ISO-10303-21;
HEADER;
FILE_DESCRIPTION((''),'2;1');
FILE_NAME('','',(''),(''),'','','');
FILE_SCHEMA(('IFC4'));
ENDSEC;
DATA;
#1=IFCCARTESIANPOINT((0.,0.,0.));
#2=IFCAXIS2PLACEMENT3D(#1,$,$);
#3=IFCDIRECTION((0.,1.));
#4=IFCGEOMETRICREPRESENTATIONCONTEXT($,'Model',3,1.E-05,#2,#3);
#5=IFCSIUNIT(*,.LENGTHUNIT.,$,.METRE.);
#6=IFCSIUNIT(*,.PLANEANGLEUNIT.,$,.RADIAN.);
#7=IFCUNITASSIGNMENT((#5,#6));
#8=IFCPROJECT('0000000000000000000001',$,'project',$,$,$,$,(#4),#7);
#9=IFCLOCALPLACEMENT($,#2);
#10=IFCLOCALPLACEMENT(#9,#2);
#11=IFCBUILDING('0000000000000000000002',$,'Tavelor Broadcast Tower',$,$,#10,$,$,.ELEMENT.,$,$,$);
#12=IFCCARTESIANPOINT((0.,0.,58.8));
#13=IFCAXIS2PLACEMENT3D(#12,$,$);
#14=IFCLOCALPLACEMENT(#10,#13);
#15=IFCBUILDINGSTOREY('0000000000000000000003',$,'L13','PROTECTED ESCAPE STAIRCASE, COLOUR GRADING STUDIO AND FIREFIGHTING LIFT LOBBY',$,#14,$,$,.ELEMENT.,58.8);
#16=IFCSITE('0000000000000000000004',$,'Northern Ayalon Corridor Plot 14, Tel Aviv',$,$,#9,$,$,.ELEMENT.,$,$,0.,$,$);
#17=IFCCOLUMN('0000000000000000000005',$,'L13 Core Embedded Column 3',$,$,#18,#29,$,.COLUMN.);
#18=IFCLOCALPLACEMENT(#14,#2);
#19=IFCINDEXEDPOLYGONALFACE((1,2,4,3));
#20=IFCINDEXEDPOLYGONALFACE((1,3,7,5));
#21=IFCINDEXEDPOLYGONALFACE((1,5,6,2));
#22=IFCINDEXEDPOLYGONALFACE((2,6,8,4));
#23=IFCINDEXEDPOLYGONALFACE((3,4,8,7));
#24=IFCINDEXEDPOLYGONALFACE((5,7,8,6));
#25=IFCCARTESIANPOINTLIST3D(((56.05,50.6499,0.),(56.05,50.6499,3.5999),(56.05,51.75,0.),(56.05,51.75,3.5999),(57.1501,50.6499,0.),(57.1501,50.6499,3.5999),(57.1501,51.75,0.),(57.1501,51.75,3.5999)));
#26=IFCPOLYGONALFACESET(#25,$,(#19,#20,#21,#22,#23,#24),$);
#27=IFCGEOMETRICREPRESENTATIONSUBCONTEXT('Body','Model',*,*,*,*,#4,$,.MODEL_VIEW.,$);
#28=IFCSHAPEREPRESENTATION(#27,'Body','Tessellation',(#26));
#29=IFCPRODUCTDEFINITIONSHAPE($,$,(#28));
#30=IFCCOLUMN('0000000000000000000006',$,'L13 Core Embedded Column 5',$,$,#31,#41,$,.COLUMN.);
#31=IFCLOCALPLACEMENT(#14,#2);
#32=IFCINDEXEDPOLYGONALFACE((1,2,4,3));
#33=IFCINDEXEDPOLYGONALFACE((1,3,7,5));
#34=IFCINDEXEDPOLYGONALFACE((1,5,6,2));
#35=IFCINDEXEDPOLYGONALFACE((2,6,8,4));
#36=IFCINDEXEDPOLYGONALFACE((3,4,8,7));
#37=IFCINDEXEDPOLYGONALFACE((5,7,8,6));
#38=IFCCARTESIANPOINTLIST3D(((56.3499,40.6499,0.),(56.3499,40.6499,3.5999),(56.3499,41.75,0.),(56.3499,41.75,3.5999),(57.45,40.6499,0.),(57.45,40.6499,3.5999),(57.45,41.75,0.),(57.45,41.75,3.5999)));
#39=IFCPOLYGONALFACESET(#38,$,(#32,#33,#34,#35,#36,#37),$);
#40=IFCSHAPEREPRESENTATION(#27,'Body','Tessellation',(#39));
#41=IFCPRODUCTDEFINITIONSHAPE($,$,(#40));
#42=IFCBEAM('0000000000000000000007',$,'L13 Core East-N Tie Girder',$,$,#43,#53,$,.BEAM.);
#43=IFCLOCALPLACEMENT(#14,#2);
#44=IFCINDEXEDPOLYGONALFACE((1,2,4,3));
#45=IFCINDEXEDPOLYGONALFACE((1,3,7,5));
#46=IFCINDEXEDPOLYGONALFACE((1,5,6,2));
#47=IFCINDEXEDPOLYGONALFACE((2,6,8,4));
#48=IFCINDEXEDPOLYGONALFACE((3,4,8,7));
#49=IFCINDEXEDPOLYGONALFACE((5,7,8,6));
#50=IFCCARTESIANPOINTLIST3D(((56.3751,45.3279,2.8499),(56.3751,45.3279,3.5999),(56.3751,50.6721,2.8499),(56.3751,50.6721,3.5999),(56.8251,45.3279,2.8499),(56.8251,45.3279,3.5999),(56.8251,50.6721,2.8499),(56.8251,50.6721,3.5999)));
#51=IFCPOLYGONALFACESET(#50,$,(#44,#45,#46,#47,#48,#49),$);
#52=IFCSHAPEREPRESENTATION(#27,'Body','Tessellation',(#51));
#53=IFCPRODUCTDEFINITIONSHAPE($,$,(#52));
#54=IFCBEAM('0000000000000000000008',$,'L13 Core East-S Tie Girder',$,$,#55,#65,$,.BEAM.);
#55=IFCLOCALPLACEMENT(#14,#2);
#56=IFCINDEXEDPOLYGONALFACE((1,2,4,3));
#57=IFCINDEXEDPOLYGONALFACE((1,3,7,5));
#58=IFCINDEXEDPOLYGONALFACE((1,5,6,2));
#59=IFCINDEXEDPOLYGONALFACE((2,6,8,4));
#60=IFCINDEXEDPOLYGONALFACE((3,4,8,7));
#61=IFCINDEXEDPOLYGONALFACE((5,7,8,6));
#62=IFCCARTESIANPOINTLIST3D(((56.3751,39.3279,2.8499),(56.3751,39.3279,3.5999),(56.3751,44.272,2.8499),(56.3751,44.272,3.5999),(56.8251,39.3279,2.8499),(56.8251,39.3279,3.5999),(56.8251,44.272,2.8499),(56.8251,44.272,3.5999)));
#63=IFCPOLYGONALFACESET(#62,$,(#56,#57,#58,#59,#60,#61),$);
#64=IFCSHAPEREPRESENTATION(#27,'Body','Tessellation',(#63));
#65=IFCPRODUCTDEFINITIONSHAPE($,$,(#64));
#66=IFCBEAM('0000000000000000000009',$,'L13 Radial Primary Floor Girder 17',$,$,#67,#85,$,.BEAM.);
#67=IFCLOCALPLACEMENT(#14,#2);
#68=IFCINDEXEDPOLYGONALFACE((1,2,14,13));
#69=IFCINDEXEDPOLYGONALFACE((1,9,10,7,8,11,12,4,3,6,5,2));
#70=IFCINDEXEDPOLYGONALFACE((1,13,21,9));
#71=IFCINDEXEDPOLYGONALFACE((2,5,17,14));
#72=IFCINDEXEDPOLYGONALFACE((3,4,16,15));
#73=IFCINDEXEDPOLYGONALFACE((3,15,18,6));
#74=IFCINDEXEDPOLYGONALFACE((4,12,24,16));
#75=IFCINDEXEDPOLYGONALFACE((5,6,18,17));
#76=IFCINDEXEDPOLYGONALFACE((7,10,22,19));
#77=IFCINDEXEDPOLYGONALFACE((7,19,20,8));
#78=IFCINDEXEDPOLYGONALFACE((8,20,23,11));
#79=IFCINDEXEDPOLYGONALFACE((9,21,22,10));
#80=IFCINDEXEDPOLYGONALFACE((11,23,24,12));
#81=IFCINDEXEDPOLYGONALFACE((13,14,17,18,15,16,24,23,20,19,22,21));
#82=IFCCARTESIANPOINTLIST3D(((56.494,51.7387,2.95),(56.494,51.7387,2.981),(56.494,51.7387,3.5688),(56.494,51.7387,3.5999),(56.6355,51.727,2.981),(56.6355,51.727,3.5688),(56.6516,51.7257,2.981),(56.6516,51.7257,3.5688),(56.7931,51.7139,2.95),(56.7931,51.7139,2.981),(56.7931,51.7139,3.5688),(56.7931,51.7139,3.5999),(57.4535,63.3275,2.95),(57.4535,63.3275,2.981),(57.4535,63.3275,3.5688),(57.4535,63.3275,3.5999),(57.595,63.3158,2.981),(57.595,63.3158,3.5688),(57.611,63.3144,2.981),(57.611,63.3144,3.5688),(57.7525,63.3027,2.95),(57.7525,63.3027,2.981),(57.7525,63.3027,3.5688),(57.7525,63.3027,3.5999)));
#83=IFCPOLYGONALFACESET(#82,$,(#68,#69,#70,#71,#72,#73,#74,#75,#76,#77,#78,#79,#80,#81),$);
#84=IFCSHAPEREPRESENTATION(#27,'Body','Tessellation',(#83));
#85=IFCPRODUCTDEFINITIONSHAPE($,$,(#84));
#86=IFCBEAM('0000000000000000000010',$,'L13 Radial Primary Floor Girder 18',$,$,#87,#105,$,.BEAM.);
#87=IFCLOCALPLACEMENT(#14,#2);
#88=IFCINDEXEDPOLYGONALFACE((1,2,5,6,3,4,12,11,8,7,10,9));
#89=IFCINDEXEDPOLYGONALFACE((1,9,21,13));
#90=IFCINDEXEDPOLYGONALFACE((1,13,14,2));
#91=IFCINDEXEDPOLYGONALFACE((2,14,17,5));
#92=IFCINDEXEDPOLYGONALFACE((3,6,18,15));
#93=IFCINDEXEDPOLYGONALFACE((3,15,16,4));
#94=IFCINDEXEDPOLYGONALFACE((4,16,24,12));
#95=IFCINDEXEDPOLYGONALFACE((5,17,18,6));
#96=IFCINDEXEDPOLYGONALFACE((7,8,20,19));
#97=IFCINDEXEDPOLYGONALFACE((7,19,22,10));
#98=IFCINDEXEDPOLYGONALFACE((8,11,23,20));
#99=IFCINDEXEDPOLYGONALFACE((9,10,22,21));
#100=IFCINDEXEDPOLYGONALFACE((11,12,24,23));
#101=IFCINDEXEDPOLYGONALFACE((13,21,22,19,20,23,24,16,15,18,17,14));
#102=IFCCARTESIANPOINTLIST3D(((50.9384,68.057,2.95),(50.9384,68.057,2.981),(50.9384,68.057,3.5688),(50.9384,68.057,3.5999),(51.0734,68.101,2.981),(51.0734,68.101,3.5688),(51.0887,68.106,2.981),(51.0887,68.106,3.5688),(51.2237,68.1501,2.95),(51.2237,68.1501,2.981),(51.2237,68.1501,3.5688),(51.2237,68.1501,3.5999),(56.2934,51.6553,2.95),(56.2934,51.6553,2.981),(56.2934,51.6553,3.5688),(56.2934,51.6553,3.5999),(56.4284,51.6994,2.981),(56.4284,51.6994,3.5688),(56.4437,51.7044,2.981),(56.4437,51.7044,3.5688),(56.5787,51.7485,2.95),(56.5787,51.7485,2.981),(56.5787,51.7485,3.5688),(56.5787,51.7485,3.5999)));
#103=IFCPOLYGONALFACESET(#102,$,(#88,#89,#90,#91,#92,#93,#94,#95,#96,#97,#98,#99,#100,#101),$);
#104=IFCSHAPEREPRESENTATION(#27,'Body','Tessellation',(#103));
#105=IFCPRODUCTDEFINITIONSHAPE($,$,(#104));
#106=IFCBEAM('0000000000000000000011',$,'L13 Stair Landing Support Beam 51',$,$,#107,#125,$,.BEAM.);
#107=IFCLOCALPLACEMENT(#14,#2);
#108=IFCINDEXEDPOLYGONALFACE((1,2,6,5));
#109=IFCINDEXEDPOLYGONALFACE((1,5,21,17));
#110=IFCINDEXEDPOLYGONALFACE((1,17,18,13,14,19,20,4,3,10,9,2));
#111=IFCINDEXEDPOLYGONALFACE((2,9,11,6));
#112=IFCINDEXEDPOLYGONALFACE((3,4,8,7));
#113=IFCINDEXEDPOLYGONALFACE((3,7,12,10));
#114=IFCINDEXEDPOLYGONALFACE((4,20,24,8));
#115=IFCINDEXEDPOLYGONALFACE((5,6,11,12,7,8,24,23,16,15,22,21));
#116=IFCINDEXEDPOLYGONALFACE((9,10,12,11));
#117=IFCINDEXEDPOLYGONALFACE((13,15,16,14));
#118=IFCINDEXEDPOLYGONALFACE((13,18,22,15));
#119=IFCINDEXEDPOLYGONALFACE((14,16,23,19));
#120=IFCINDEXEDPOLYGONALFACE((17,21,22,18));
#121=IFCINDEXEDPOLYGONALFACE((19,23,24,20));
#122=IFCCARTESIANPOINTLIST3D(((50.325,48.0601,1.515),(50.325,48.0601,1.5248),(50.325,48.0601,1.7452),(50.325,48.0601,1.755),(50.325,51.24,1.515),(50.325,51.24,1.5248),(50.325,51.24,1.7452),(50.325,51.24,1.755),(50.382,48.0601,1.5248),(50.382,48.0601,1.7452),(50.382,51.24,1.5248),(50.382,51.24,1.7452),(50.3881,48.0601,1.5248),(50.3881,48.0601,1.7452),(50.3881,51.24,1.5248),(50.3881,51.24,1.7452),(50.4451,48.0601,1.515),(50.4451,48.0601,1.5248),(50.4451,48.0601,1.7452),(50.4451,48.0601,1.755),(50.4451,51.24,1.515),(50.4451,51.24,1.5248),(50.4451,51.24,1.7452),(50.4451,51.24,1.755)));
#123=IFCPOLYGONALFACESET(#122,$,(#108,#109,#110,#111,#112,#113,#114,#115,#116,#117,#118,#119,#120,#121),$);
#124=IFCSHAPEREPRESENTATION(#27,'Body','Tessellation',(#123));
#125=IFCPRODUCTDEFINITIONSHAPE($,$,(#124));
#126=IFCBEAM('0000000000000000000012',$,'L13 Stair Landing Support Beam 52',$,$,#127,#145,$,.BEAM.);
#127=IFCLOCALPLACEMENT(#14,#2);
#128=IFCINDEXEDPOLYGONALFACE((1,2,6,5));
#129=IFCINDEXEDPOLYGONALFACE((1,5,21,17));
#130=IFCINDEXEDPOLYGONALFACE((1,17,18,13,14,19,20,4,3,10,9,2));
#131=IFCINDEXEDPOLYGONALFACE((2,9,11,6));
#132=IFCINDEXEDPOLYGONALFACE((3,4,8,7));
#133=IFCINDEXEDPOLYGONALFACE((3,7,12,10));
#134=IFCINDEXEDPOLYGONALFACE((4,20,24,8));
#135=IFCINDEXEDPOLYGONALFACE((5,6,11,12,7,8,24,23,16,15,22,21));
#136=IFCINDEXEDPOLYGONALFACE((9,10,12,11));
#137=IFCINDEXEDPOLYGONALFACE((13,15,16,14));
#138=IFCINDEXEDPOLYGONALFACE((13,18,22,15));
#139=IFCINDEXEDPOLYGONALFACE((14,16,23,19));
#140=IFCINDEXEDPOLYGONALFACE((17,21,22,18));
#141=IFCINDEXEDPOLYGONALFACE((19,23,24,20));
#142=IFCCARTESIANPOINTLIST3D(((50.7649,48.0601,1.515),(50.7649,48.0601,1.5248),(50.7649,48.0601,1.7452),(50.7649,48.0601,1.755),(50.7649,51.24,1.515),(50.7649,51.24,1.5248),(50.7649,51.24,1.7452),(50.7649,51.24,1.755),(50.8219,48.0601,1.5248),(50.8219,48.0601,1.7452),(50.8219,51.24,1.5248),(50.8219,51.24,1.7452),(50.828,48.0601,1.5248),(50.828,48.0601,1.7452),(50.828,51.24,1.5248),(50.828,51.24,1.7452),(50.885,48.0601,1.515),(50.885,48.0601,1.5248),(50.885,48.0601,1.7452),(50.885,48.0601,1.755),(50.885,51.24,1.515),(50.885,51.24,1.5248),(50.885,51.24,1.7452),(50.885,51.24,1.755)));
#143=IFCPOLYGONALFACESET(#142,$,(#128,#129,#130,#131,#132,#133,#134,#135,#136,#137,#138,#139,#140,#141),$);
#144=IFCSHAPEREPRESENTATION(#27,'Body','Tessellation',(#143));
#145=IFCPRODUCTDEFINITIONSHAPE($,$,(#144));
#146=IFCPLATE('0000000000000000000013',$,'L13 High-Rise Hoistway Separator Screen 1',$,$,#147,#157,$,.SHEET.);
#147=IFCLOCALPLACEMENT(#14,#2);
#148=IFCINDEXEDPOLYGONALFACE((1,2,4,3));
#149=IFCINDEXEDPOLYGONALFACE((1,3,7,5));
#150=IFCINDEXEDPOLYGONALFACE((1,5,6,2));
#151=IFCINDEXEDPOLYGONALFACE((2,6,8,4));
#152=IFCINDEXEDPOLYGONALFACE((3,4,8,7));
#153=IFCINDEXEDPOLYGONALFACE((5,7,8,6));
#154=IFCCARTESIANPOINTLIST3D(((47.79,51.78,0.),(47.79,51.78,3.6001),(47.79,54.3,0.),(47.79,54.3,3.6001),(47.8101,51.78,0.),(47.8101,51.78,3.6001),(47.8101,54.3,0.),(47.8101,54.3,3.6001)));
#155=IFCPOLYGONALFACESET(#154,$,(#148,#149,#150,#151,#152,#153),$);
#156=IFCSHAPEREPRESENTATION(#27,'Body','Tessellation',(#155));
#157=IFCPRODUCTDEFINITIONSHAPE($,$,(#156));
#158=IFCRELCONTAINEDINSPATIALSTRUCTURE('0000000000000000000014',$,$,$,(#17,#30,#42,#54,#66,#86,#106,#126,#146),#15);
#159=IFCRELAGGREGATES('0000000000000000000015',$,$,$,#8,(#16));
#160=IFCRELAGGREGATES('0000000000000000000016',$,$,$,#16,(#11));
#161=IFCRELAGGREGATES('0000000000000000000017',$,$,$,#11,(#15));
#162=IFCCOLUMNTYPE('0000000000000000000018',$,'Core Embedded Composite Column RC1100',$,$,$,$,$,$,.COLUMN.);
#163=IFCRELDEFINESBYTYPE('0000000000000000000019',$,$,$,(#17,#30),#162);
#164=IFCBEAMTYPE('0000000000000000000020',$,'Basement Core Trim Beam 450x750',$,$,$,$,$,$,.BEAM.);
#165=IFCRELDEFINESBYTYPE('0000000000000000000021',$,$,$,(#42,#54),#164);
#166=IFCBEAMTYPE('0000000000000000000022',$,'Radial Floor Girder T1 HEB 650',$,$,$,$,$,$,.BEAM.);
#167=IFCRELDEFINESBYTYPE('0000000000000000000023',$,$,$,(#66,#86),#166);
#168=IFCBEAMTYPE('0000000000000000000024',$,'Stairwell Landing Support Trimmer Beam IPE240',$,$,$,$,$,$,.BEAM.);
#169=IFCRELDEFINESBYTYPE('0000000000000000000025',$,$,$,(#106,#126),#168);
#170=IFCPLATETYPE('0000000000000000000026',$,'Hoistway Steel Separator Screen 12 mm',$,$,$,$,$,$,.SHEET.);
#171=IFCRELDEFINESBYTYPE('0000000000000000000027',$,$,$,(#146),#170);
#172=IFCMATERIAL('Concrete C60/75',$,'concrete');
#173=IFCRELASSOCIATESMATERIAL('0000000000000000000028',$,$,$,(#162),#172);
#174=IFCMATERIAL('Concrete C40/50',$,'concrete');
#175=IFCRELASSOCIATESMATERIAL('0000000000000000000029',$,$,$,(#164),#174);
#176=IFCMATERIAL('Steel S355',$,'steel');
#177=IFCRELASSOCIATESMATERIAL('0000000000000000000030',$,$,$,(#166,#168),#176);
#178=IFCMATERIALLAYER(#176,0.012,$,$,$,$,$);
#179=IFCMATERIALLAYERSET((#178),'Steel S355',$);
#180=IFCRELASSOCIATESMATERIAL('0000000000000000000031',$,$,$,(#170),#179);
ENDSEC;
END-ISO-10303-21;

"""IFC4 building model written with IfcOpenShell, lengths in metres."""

from ifc_helpers import new_model, si_unit, direction, frame, origin, origin_2d, place, context, subcontext, project, spatial, rectangle, i_section, extrude, source, transform, mapped, material, layer, layer_set, material_profile, profile_set, type_object, type_shapes, element, save


model = new_model("IFC4")

# Units and contexts
model_context = context("Model", 3, precision=1e-05, world=origin(), true_north=direction((0.0, 1.0)))
body_context = subcontext(model_context, "Body", "Model", "MODEL_VIEW")
ifc_project = project(units=[si_unit("LENGTHUNIT", "METRE"), si_unit("PLANEANGLEUNIT", "RADIAN")], contexts=[model_context])

# Site, building, storey
site_placement = place(None, origin())
site = spatial("IfcSite", under=ifc_project, at=site_placement, Name="Northern Ayalon Corridor Plot 14, Tel Aviv", CompositionType="ELEMENT", RefElevation=0.0)
building_placement = place(site_placement, origin())
building = spatial("IfcBuilding", under=site, at=building_placement, Name="Tavelor Broadcast Tower", CompositionType="ELEMENT")
storey_placement = place(building_placement, frame((0.0, 0.0, 58.8)))
storey = spatial("IfcBuildingStorey", under=building, at=storey_placement, Name="L13", Description="PROTECTED ESCAPE STAIRCASE, COLOUR GRADING STUDIO AND FIREFIGHTING LIFT LOBBY", CompositionType="ELEMENT", Elevation=58.8)

# Columns
ifc_material_1 = material(Name="Concrete C60/75", Category="concrete")
ifc_material_profile_1 = material_profile(ifc_material_1, rectangle(XDim=1.1001, YDim=1.1001, at=origin_2d()), Name="RC 1100x1100")
ifc_profile_set_1 = profile_set([ifc_material_profile_1], Name="Concrete C60/75")
column_type = type_object("IfcColumnType", Name="Core Embedded Composite Column RC1100", PredefinedType="COLUMN", material=ifc_profile_set_1)
for number, where, z_axis, x_axis, name in (
    (1, (56.6001, 51.2, 0.0), (0.0, 0.0, 1.0), (1.0, 0.0, 0.0), "L13 Core Embedded Column 3"),
    (2, (56.8999, 41.2, 0.0), (0.0, 0.0, 1.0), (1.0, 0.0, 0.0), "L13 Core Embedded Column 5"),
):
    element("IfcColumn", number, at=place(storey_placement, frame(where, z_axis=z_axis, x_axis=x_axis)), inside=storey, type_object=column_type, Name=name, PredefinedType="COLUMN", context=body_context, shape_type="SweptSolid", body=[
        extrude(rectangle(XDim=1.1001, YDim=1.1001, at=origin_2d()), origin(), (0.0, 0.0, 1.0), 3.5999),
    ])

# Beams
ifc_material_2 = material(Name="Concrete C40/50", Category="concrete")
ifc_material_profile_2 = material_profile(ifc_material_2, rectangle(XDim=0.45, YDim=0.75, at=origin_2d()), Name="RC 450x750")
ifc_profile_set_2 = profile_set([ifc_material_profile_2], Name="Concrete C40/50")
beam_type_1 = type_object("IfcBeamType", Name="Basement Core Trim Beam 450x750", PredefinedType="BEAM", material=ifc_profile_set_2)
beam_1_placement = place(storey_placement, frame((56.6001, 45.3279, 3.2249), z_axis=(0.0, 1.0, 0.0), x_axis=(-1.0, 0.0, 0.0)))
element("IfcBeam", 3, at=beam_1_placement, inside=storey, type_object=beam_type_1, Name="L13 Core East-N Tie Girder", PredefinedType="BEAM", context=body_context, shape_type="SweptSolid", body=[
    extrude(rectangle(XDim=0.45, YDim=0.75, at=origin_2d()), origin(), (0.0, 0.0, 1.0), 5.3442),
])
beam_2_placement = place(storey_placement, frame((56.6001, 39.3279, 3.2249), z_axis=(0.0, 1.0, 0.0), x_axis=(-1.0, 0.0, 0.0)))
element("IfcBeam", 4, at=beam_2_placement, inside=storey, type_object=beam_type_1, Name="L13 Core East-S Tie Girder", PredefinedType="BEAM", context=body_context, shape_type="SweptSolid", body=[
    extrude(rectangle(XDim=0.45, YDim=0.75, at=origin_2d()), origin(), (0.0, 0.0, 1.0), 4.9441),
])
ifc_material_3 = material(Name="Steel S355", Category="steel")
ifc_material_profile_3 = material_profile(ifc_material_3, i_section(OverallWidth=0.3, OverallDepth=0.6499, WebThickness=0.0161, FlangeThickness=0.031, at=origin_2d()), Name="HEB 650")
ifc_profile_set_3 = profile_set([ifc_material_profile_3], Name="Steel S355")
beam_type_2 = type_object("IfcBeamType", Name="Radial Floor Girder T1 HEB 650", PredefinedType="BEAM", material=ifc_profile_set_3)
beam_3_placement = place(storey_placement, frame((56.6436, 51.7263, 3.2749), z_axis=(0.08251, 0.99659, 0.0), x_axis=(-0.99659, 0.08251, 0.0)))
element("IfcBeam", 5, at=beam_3_placement, inside=storey, type_object=beam_type_2, Name="L13 Radial Primary Floor Girder 17", PredefinedType="BEAM", context=body_context, shape_type="SweptSolid", body=[
    extrude(i_section(OverallWidth=0.3, OverallDepth=0.6499, WebThickness=0.0161, FlangeThickness=0.031, at=origin_2d()), origin(), (0.0, 0.0, 1.0), 11.6284),
])
beam_4_placement = place(storey_placement, frame((56.436, 51.7019, 3.2749), z_axis=(-0.310368, 0.950617, 0.0), x_axis=(-0.950617, -0.310368, 0.0)))
element("IfcBeam", 6, at=beam_4_placement, inside=storey, type_object=beam_type_2, Name="L13 Radial Primary Floor Girder 18", PredefinedType="BEAM", context=body_context, shape_type="SweptSolid", body=[
    extrude(i_section(OverallWidth=0.3, OverallDepth=0.6499, WebThickness=0.0161, FlangeThickness=0.031, at=origin_2d()), origin(), (0.0, 0.0, 1.0), 17.2537),
])
ifc_material_profile_4 = material_profile(ifc_material_3, i_section(OverallWidth=0.1201, OverallDepth=0.24, WebThickness=0.0061, FlangeThickness=0.0098, at=origin_2d()), Name="IPE 240")
ifc_profile_set_4 = profile_set([ifc_material_profile_4], Name="Steel S355")
beam_type_3 = type_object("IfcBeamType", Name="Stairwell Landing Support Trimmer Beam IPE240", PredefinedType="BEAM", material=ifc_profile_set_4)
for number, where, z_axis, x_axis, name in (
    (7, (50.385, 48.0601, 1.635), (0.0, 1.0, 0.0), (-1.0, 0.0, 0.0), "L13 Stair Landing Support Beam 51"),
    (8, (50.825, 48.0601, 1.635), (0.0, 1.0, 0.0), (-1.0, 0.0, 0.0), "L13 Stair Landing Support Beam 52"),
):
    element("IfcBeam", number, at=place(storey_placement, frame(where, z_axis=z_axis, x_axis=x_axis)), inside=storey, type_object=beam_type_3, Name=name, PredefinedType="BEAM", context=body_context, shape_type="SweptSolid", body=[
        extrude(i_section(OverallWidth=0.1201, OverallDepth=0.24, WebThickness=0.0061, FlangeThickness=0.0098, at=origin_2d()), origin(), (0.0, 0.0, 1.0), 3.1799),
    ])

# Plate
ifc_layer_1 = layer(ifc_material_3, 0.012)
ifc_layer_set_1 = layer_set([ifc_layer_1], Name="Steel S355")
plate_type = type_object("IfcPlateType", Name="Hoistway Steel Separator Screen 12 mm", PredefinedType="SHEET", material=ifc_layer_set_1)
shared_shape = source(origin(), body_context, "Body", "SweptSolid", [
    extrude(rectangle(XDim=0.02, YDim=2.52, at=origin_2d()), origin(), (0.0, 0.0, 1.0), 3.6001),
])
type_shapes(plate_type, [shared_shape])
plate_placement = place(storey_placement, frame((47.8, 53.04, 0.0), z_axis=(0.0, 0.0, 1.0), x_axis=(1.0, 0.0, 0.0)))
element("IfcPlate", 9, at=plate_placement, inside=storey, type_object=plate_type, Name="L13 High-Rise Hoistway Separator Screen 1", PredefinedType="SHEET", context=body_context, shape_type="MappedRepresentation", body=[
    mapped(shared_shape, transform((0.0, 0.0, 0.0), scale=1.0)),
])

save(model, "model.ifc")
